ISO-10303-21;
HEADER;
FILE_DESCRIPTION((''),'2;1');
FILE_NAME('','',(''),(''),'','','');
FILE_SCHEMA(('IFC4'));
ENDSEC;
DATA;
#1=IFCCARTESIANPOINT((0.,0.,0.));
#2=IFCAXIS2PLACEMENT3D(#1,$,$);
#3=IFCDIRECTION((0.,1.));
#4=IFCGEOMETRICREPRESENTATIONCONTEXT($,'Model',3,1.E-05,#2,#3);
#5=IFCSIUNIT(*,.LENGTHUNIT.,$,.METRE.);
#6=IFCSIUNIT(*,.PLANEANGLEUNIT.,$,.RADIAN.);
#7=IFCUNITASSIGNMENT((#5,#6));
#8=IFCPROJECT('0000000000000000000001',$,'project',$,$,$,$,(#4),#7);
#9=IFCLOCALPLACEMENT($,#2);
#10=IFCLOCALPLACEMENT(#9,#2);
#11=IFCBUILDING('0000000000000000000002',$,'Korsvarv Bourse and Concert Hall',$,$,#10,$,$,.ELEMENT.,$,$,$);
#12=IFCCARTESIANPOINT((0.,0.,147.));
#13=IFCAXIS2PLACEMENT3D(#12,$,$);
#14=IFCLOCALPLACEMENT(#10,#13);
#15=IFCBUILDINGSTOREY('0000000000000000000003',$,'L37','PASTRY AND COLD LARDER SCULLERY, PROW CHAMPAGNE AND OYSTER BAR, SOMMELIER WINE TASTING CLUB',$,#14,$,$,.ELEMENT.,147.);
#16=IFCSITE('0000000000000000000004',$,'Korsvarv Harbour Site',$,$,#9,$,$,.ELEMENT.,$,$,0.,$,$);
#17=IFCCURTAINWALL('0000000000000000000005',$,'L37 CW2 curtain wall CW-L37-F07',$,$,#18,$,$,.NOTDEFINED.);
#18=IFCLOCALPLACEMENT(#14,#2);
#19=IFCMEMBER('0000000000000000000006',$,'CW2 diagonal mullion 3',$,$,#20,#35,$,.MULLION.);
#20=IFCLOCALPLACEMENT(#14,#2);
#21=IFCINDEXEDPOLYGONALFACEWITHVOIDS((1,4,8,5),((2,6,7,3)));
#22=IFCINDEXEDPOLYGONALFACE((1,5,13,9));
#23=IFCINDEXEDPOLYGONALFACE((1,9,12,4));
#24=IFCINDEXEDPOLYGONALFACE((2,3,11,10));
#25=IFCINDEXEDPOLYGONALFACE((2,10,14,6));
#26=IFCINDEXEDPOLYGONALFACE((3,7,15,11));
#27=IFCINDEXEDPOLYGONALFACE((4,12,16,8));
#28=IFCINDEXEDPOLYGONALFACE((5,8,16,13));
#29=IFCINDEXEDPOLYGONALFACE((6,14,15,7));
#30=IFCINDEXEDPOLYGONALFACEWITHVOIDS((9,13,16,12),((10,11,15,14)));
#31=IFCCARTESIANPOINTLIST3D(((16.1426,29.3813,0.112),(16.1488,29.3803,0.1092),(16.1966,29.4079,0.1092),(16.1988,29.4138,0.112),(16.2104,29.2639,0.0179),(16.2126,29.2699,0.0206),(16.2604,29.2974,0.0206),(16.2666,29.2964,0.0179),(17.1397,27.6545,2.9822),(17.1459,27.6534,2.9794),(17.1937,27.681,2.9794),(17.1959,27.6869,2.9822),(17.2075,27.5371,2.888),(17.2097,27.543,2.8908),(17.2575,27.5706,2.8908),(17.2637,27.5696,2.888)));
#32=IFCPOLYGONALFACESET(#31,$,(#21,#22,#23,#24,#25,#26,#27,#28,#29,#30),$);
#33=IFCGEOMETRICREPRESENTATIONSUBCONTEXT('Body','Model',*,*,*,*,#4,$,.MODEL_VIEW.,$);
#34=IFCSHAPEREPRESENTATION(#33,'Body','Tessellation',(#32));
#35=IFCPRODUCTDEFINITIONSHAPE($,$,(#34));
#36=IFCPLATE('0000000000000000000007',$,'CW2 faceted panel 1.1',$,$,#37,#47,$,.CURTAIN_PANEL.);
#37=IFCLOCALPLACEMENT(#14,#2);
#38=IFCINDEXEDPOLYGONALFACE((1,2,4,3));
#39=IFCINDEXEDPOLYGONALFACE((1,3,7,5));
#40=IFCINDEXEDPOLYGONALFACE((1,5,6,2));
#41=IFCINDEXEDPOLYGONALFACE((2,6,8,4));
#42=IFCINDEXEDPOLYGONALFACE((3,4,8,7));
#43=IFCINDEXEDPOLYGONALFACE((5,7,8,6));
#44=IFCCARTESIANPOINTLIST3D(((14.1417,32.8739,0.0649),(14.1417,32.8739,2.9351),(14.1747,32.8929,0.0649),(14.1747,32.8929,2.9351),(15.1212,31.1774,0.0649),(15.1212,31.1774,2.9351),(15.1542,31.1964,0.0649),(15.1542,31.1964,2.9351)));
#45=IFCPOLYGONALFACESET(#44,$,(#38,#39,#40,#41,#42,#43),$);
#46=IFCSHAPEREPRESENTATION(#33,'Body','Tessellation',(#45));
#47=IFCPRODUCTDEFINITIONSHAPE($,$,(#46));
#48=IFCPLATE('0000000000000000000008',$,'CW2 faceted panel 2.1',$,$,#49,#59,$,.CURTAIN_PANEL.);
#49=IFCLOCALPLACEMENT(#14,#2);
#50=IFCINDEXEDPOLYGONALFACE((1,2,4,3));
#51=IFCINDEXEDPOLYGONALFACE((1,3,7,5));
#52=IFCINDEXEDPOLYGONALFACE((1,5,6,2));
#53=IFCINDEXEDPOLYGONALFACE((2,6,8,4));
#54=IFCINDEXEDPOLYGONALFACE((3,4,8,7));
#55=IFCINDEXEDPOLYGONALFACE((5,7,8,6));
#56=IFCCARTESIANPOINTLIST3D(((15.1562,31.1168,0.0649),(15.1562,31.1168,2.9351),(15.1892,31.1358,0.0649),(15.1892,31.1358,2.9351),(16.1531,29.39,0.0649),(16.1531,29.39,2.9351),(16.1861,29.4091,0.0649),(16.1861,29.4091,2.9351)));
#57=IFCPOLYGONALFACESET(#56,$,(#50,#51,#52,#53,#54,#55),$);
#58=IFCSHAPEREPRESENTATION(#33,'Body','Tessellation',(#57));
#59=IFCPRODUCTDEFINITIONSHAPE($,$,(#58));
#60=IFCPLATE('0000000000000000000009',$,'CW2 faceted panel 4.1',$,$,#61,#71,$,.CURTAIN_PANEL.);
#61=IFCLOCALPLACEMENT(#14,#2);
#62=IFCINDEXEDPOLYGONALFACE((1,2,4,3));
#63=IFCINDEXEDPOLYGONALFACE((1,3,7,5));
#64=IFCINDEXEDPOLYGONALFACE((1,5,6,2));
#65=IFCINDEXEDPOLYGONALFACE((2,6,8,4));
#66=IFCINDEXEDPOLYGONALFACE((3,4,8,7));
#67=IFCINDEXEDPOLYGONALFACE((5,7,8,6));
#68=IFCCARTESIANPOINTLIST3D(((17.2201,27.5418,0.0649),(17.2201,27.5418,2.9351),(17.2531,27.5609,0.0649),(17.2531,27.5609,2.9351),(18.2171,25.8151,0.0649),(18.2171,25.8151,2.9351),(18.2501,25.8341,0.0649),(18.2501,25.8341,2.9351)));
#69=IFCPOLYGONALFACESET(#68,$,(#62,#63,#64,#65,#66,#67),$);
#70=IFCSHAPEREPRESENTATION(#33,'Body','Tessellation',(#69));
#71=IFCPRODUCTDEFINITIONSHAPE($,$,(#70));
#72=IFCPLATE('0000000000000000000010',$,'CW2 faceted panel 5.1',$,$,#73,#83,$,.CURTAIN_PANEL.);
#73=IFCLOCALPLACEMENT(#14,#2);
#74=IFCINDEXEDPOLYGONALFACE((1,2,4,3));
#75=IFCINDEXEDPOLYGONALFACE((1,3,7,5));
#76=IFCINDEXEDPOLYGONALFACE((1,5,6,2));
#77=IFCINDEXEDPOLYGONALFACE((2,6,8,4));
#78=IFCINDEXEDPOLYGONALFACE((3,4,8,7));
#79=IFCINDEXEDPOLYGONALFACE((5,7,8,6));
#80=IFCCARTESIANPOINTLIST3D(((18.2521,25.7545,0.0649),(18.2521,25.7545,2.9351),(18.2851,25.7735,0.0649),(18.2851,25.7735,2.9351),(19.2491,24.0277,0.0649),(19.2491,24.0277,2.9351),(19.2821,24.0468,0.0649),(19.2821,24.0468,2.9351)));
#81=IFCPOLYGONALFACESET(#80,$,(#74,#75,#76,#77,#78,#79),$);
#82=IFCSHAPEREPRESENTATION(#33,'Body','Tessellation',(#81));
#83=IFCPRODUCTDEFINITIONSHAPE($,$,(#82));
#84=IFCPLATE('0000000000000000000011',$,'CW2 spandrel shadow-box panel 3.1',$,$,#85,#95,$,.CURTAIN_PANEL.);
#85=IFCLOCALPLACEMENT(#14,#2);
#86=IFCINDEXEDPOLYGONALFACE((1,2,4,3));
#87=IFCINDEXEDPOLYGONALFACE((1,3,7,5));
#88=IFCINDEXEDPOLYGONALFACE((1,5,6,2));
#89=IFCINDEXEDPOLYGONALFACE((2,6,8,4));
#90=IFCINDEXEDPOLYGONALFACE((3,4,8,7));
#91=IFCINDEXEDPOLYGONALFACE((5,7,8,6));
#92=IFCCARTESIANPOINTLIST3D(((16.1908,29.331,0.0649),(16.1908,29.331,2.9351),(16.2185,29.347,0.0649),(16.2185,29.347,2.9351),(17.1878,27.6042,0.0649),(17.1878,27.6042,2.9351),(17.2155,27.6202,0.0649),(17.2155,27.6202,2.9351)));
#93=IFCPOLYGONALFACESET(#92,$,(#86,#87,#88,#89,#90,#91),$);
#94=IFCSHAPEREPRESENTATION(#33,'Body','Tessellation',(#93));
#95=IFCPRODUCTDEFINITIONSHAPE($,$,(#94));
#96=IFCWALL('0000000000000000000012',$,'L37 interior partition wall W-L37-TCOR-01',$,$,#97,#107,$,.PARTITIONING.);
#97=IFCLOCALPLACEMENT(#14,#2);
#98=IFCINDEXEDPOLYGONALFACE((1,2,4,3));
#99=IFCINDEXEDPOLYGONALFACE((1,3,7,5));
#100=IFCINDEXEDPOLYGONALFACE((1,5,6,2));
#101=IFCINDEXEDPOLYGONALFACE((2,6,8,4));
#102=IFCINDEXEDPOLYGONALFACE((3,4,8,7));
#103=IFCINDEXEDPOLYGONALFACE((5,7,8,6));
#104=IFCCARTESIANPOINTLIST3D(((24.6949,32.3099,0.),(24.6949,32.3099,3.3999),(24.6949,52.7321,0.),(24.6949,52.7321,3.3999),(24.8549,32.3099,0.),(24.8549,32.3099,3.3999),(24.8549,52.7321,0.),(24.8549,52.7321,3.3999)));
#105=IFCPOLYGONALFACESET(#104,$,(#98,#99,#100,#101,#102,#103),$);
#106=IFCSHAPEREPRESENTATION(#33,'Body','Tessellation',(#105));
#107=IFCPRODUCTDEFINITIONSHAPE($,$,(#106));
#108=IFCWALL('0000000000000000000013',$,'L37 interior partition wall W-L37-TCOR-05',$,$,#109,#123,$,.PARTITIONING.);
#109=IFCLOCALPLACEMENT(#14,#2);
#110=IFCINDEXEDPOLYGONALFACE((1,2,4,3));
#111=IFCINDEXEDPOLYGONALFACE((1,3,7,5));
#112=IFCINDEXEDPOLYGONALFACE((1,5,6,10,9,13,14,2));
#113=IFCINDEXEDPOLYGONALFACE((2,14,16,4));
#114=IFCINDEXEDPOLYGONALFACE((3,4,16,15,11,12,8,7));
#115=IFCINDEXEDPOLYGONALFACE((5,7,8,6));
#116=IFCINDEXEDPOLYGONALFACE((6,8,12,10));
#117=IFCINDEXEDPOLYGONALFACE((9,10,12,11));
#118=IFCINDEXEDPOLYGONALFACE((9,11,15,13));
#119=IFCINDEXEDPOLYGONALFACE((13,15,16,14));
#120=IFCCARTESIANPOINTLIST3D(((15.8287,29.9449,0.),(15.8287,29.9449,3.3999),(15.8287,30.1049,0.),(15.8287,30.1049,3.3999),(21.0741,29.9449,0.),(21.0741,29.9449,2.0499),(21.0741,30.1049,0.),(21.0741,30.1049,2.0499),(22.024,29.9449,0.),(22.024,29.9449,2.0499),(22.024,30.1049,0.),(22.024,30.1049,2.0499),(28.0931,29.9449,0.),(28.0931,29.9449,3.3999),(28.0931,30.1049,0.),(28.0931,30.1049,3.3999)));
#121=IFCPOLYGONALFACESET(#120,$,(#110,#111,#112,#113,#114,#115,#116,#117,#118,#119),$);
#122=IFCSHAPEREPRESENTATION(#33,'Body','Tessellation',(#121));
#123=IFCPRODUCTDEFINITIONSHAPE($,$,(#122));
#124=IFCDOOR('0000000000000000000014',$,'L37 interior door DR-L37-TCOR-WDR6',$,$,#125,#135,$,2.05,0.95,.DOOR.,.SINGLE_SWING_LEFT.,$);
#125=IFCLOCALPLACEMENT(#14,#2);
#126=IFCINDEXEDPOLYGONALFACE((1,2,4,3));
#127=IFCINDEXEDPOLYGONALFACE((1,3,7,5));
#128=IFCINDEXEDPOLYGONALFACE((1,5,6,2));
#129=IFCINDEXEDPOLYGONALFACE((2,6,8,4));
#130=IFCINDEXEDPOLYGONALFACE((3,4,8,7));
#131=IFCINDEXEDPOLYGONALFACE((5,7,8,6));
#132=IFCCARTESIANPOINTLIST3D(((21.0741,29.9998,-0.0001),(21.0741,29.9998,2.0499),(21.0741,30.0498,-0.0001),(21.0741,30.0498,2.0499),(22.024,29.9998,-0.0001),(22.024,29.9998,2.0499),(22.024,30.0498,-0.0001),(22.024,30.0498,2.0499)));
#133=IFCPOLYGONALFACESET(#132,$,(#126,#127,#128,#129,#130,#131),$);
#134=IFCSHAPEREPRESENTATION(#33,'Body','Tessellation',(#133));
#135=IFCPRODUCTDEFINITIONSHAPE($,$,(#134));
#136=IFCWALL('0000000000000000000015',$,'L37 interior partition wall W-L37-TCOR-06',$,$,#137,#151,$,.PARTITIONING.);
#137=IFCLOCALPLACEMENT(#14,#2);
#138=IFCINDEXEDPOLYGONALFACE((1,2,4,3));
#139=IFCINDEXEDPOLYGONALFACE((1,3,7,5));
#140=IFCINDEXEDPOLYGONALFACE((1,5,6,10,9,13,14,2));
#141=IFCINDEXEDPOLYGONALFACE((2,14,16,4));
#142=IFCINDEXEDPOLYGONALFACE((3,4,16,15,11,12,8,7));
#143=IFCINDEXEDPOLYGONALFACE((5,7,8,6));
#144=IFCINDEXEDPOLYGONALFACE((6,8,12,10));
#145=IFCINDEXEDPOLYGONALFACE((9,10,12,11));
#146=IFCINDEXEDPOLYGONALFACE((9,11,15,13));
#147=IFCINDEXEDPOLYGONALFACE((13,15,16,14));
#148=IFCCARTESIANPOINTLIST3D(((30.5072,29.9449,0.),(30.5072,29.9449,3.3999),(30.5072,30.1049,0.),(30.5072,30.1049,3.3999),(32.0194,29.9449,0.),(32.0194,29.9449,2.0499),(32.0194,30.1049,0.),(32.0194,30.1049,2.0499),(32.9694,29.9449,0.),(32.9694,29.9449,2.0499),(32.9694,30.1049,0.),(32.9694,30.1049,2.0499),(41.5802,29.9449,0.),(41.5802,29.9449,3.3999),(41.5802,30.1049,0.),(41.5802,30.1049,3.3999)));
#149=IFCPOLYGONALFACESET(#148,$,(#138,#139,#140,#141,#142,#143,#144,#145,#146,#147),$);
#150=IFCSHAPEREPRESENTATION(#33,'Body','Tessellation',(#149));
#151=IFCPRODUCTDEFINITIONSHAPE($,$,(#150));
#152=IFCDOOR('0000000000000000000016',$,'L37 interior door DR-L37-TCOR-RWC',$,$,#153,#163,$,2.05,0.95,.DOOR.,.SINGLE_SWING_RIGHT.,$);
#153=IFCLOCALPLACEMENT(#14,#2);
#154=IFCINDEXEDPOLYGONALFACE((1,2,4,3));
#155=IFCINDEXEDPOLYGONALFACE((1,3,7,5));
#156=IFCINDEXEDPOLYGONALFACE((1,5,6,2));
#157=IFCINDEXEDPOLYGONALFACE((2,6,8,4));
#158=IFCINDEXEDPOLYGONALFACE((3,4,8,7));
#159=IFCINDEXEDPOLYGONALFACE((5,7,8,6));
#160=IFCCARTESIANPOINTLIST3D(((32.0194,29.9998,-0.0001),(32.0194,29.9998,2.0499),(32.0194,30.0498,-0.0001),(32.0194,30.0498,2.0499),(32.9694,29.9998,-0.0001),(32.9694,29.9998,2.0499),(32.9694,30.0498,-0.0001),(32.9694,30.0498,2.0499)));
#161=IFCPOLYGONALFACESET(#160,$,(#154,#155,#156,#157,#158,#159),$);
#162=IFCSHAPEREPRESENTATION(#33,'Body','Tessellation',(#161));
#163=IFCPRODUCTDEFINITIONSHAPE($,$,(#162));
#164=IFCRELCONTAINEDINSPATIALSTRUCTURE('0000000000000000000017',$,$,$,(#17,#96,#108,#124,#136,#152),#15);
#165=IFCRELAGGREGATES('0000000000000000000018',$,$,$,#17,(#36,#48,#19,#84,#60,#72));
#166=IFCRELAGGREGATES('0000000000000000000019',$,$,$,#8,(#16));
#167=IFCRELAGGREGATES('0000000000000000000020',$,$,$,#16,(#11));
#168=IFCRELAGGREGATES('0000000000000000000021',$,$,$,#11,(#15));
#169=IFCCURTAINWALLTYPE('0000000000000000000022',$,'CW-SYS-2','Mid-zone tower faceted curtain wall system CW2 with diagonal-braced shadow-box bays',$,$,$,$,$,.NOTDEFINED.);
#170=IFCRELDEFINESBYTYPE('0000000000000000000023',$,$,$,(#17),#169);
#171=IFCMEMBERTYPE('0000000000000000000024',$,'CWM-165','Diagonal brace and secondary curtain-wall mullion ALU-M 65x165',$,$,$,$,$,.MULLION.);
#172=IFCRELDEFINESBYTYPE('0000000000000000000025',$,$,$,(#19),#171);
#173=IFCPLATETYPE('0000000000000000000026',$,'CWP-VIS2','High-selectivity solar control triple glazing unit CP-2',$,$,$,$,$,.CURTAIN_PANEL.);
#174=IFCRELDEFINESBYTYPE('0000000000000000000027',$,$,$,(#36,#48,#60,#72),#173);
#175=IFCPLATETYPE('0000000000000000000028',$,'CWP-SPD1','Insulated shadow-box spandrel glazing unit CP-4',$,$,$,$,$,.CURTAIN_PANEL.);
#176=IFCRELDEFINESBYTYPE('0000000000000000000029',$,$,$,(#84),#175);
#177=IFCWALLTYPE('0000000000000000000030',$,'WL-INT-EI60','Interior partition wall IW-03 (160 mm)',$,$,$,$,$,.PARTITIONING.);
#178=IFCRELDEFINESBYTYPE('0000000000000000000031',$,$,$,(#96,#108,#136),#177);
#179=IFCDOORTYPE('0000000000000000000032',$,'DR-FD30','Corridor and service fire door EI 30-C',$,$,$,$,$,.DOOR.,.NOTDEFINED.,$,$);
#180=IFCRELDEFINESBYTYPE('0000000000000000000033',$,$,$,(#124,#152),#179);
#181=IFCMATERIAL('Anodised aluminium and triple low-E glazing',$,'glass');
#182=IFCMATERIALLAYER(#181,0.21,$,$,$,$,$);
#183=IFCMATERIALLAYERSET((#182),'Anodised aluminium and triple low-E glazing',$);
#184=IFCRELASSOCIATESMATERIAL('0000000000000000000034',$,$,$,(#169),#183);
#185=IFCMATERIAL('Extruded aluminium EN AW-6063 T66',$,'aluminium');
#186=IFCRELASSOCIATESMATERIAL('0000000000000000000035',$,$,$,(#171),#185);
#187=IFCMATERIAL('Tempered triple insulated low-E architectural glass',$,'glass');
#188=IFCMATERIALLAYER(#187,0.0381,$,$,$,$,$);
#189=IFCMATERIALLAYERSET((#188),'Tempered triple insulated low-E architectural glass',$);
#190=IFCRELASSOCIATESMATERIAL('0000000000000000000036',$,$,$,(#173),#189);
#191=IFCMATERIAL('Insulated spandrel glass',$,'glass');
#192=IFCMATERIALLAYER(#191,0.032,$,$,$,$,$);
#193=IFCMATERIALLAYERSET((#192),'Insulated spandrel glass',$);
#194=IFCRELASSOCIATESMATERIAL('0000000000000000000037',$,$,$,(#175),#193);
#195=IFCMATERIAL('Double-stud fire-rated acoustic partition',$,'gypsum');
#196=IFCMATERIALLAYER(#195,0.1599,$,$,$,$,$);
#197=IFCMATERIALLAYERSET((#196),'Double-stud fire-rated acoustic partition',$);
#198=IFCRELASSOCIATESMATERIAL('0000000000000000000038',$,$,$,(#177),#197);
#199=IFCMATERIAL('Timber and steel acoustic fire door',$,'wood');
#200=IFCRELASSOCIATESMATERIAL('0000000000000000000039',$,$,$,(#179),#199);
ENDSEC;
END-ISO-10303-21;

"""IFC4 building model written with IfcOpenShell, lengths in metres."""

from ifc_helpers import new_model, si_unit, direction, frame, frame_2d, origin, origin_2d, place, context, subcontext, project, spatial, rectangle, hollow_rectangle, extrude, source, transform, mapped, material, layer, layer_set, material_profile, profile_set, type_object, element, fill, aggregate, save


model = new_model("IFC4")

# Units and contexts
model_context = context("Model", 3, precision=1e-05, world=origin(), true_north=direction((0.0, 1.0)))
body_context = subcontext(model_context, "Body", "Model", "MODEL_VIEW")
ifc_project = project(units=[si_unit("LENGTHUNIT", "METRE"), si_unit("PLANEANGLEUNIT", "RADIAN")], contexts=[model_context])

# Site, building, storey
site_placement = place(None, origin())
site = spatial("IfcSite", under=ifc_project, at=site_placement, Name="Korsvarv Harbour Site", CompositionType="ELEMENT", RefElevation=0.0)
building_placement = place(site_placement, origin())
building = spatial("IfcBuilding", under=site, at=building_placement, Name="Korsvarv Bourse and Concert Hall", CompositionType="ELEMENT")
storey_placement = place(building_placement, frame((0.0, 0.0, 147.0)))
storey = spatial("IfcBuildingStorey", under=building, at=storey_placement, Name="L37", Description="PASTRY AND COLD LARDER SCULLERY, PROW CHAMPAGNE AND OYSTER BAR, SOMMELIER WINE TASTING CLUB", CompositionType="ELEMENT", Elevation=147.0)

# Curtain wall, member, plates
ifc_material_1 = material(Name="Anodised aluminium and triple low-E glazing", Category="glass")
ifc_layer_1 = layer(ifc_material_1, 0.21)
ifc_layer_set_1 = layer_set([ifc_layer_1], Name="Anodised aluminium and triple low-E glazing")
curtain_wall_type = type_object("IfcCurtainWallType", Name="CW-SYS-2", Description="Mid-zone tower faceted curtain wall system CW2 with diagonal-braced shadow-box bays", PredefinedType="NOTDEFINED", material=ifc_layer_set_1)
curtain_wall_placement = place(storey_placement, origin())
curtain_wall = element("IfcCurtainWall", 1, at=curtain_wall_placement, inside=storey, type_object=curtain_wall_type, Name="L37 CW2 curtain wall CW-L37-F07", PredefinedType="NOTDEFINED")
ifc_material_2 = material(Name="Extruded aluminium EN AW-6063 T66", Category="aluminium")
ifc_material_profile_1 = material_profile(ifc_material_2, hollow_rectangle(XDim=0.0649, YDim=0.165, WallThickness=0.0049, at=origin_2d()), Name="ALU-M 65x165")
ifc_profile_set_1 = profile_set([ifc_material_profile_1], Name="Extruded aluminium EN AW-6063 T66")
member_type_1 = type_object("IfcMemberType", Name="CWM-165", Description="Diagonal brace and secondary curtain-wall mullion ALU-M 65x165", PredefinedType="MULLION", material=ifc_profile_set_1)
shared_shape_1 = source(origin(), body_context, "Body", "SweptSolid", [
    extrude(hollow_rectangle(XDim=0.0649, YDim=0.165, WallThickness=0.0049, at=origin_2d()), origin(), (0.0, 0.0, 1.0), 3.4949),
])
member_1_placement = place(storey_placement, frame((16.2046, 29.3389, 0.0649), z_axis=(0.285302, -0.494108, 0.821255), x_axis=(0.866004, 0.500037, 0.0)))
member_1 = element("IfcMember", 2, at=member_1_placement, type_object=member_type_1, Name="CW2 diagonal mullion 3", PredefinedType="MULLION", context=body_context, shape_type="MappedRepresentation", body=[
    mapped(shared_shape_1, transform((0.0, 0.0, 0.0), scale=1.0)),
])
ifc_material_3 = material(Name="Tempered triple insulated low-E architectural glass", Category="glass")
ifc_layer_2 = layer(ifc_material_3, 0.0381)
ifc_layer_set_2 = layer_set([ifc_layer_2], Name="Tempered triple insulated low-E architectural glass")
plate_type_1 = type_object("IfcPlateType", Name="CWP-VIS2", Description="High-selectivity solar control triple glazing unit CP-2", PredefinedType="CURTAIN_PANEL", material=ifc_layer_set_2)
shared_shape_2 = source(origin(), body_context, "Body", "SweptSolid", [
    extrude(rectangle(XDim=1.959, YDim=0.0381, at=origin_2d()), origin(), (0.0, 0.0, 1.0), 2.8701),
])
plate_1_placement = place(storey_placement, frame((14.6479, 32.0352, 0.0649), z_axis=(0.0, 0.0, 1.0), x_axis=(0.500006, -0.866022, 0.0)))
plate_1 = element("IfcPlate", 3, at=plate_1_placement, type_object=plate_type_1, Name="CW2 faceted panel 1.1", PredefinedType="CURTAIN_PANEL", context=body_context, shape_type="MappedRepresentation", body=[
    mapped(shared_shape_2, transform((0.0, 0.0, 0.0), scale=1.0)),
])
shared_shape_3 = source(origin(), body_context, "Body", "SweptSolid", [
    extrude(rectangle(XDim=1.9939, YDim=0.0381, at=origin_2d()), origin(), (0.0, 0.0, 1.0), 2.8701),
])
plate_2_placement = place(storey_placement, frame((15.6711, 30.2629, 0.0649), z_axis=(0.0, 0.0, 1.0), x_axis=(0.500006, -0.866022, 0.0)))
plate_2 = element("IfcPlate", 4, at=plate_2_placement, type_object=plate_type_1, Name="CW2 faceted panel 2.1", PredefinedType="CURTAIN_PANEL", context=body_context, shape_type="MappedRepresentation", body=[
    mapped(shared_shape_3, transform((0.0, 0.0, 0.0), scale=1.0)),
])
plate_3_placement = place(storey_placement, frame((17.7351, 26.688, 0.0649), z_axis=(0.0, 0.0, 1.0), x_axis=(0.500006, -0.866022, 0.0)))
plate_3 = element("IfcPlate", 5, at=plate_3_placement, type_object=plate_type_1, Name="CW2 faceted panel 4.1", PredefinedType="CURTAIN_PANEL", context=body_context, shape_type="MappedRepresentation", body=[
    mapped(shared_shape_3, transform((0.0, 0.0, 0.0), scale=1.0)),
])
plate_4_placement = place(storey_placement, frame((18.7671, 24.9006, 0.0649), z_axis=(0.0, 0.0, 1.0), x_axis=(0.500006, -0.866022, 0.0)))
plate_4 = element("IfcPlate", 6, at=plate_4_placement, type_object=plate_type_1, Name="CW2 faceted panel 5.1", PredefinedType="CURTAIN_PANEL", context=body_context, shape_type="MappedRepresentation", body=[
    mapped(shared_shape_3, transform((0.0, 0.0, 0.0), scale=1.0)),
])
ifc_material_4 = material(Name="Insulated spandrel glass", Category="glass")
ifc_layer_3 = layer(ifc_material_4, 0.032)
ifc_layer_set_3 = layer_set([ifc_layer_3], Name="Insulated spandrel glass")
plate_type_2 = type_object("IfcPlateType", Name="CWP-SPD1", Description="Insulated shadow-box spandrel glazing unit CP-4", PredefinedType="CURTAIN_PANEL", material=ifc_layer_set_3)
shared_shape_4 = source(origin(), body_context, "Body", "SweptSolid", [
    extrude(rectangle(XDim=1.9939, YDim=0.032, at=origin_2d()), origin(), (0.0, 0.0, 1.0), 2.8701),
])
plate_5_placement = place(storey_placement, frame((16.7031, 28.4756, 0.0649), z_axis=(0.0, 0.0, 1.0), x_axis=(0.500006, -0.866022, 0.0)))
plate_5 = element("IfcPlate", 7, at=plate_5_placement, type_object=plate_type_2, Name="CW2 spandrel shadow-box panel 3.1", PredefinedType="CURTAIN_PANEL", context=body_context, shape_type="MappedRepresentation", body=[
    mapped(shared_shape_4, transform((0.0, 0.0, 0.0), scale=1.0)),
])
aggregate(curtain_wall, [plate_1, plate_2, member_1, plate_5, plate_3, plate_4])

# Wall
ifc_material_5 = material(Name="Double-stud fire-rated acoustic partition", Category="gypsum")
ifc_layer_4 = layer(ifc_material_5, 0.1599)
ifc_layer_set_4 = layer_set([ifc_layer_4], Name="Double-stud fire-rated acoustic partition")
wall_type_1 = type_object("IfcWallType", Name="WL-INT-EI60", Description="Interior partition wall IW-03 (160 mm)", PredefinedType="PARTITIONING", material=ifc_layer_set_4)
wall_1_placement = place(storey_placement, frame((24.7749, 32.3101, 0.0), z_axis=(0.0, 0.0, 1.0), x_axis=(0.0, 1.0, 0.0)))
element("IfcWall", 8, at=wall_1_placement, inside=storey, type_object=wall_type_1, Name="L37 interior partition wall W-L37-TCOR-01", PredefinedType="PARTITIONING", context=body_context, shape_type="SweptSolid", body=[
    extrude(rectangle(XDim=20.4221, YDim=0.1599, at=frame_2d((10.2109, 0.0))), origin(), (0.0, 0.0, 1.0), 3.3999),
])

# Walls, openings, doors
wall_2_placement = place(storey_placement, frame((15.8286, 30.0249, 0.0), z_axis=(0.0, 0.0, 1.0), x_axis=(1.0, 0.0, 0.0)))
wall_2 = element("IfcWall", 9, at=wall_2_placement, inside=storey, type_object=wall_type_1, Name="L37 interior partition wall W-L37-TCOR-05", PredefinedType="PARTITIONING", context=body_context, shape_type="SweptSolid", body=[
    extrude(rectangle(XDim=12.2644, YDim=0.1599, at=frame_2d((6.1323, 0.0))), origin(), (0.0, 0.0, 1.0), 3.3999),
])
opening_1_placement = place(wall_2_placement, frame((5.2454, 0.0, 0.0)))
opening_1 = element("IfcOpeningElement", 10, at=opening_1_placement, cuts=wall_2, PredefinedType="OPENING", context=body_context, shape_type="SweptSolid", body=[
    extrude(rectangle(XDim=0.95, YDim=2.05, at=frame_2d((0.4751, 1.0249))), frame((0.0, 0.0898, 0.0), z_axis=(0.0, -1.0, 0.0), x_axis=(1.0, 0.0, 0.0)), (0.0, 0.0, 1.0), 0.1799),
])
ifc_material_6 = material(Name="Timber and steel acoustic fire door", Category="wood")
door_type = type_object("IfcDoorType", Name="DR-FD30", Description="Corridor and service fire door EI 30-C", OperationType="NOTDEFINED", PredefinedType="DOOR", material=ifc_material_6)
door_1_placement = place(opening_1_placement, origin())
door_1 = element("IfcDoor", 11, at=door_1_placement, inside=storey, type_object=door_type, Name="L37 interior door DR-L37-TCOR-WDR6", OperationType="SINGLE_SWING_LEFT", OverallHeight=2.05, OverallWidth=0.95, PredefinedType="DOOR", context=body_context, shape_type="SweptSolid", body=[
    extrude(rectangle(XDim=0.95, YDim=2.05, at=frame_2d((0.4751, 1.0249))), frame((0.0, 0.0249, 0.0), z_axis=(0.0, -1.0, 0.0), x_axis=(1.0, 0.0, 0.0)), (0.0, 0.0, 1.0), 0.05),
])
fill(opening_1, door_1)
wall_3_placement = place(storey_placement, frame((30.5071, 30.0249, 0.0), z_axis=(0.0, 0.0, 1.0), x_axis=(1.0, 0.0, 0.0)))
wall_3 = element("IfcWall", 12, at=wall_3_placement, inside=storey, type_object=wall_type_1, Name="L37 interior partition wall W-L37-TCOR-06", PredefinedType="PARTITIONING", context=body_context, shape_type="SweptSolid", body=[
    extrude(rectangle(XDim=11.073, YDim=0.1599, at=frame_2d((5.5366, 0.0))), origin(), (0.0, 0.0, 1.0), 3.3999),
])
opening_2_placement = place(wall_3_placement, frame((1.5122, 0.0, 0.0)))
opening_2 = element("IfcOpeningElement", 13, at=opening_2_placement, cuts=wall_3, PredefinedType="OPENING", context=body_context, shape_type="SweptSolid", body=[
    extrude(rectangle(XDim=0.95, YDim=2.05, at=frame_2d((0.4751, 1.0249))), frame((0.0, 0.0898, 0.0), z_axis=(0.0, -1.0, 0.0), x_axis=(1.0, 0.0, 0.0)), (0.0, 0.0, 1.0), 0.1799),
])
door_2_placement = place(opening_2_placement, origin())
door_2 = element("IfcDoor", 14, at=door_2_placement, inside=storey, type_object=door_type, Name="L37 interior door DR-L37-TCOR-RWC", OperationType="SINGLE_SWING_RIGHT", OverallHeight=2.05, OverallWidth=0.95, PredefinedType="DOOR", context=body_context, shape_type="SweptSolid", body=[
    extrude(rectangle(XDim=0.95, YDim=2.05, at=frame_2d((0.4751, 1.0249))), frame((0.0, 0.0249, 0.0), z_axis=(0.0, -1.0, 0.0), x_axis=(1.0, 0.0, 0.0)), (0.0, 0.0, 1.0), 0.05),
])
fill(opening_2, door_2)

save(model, "model.ifc")
